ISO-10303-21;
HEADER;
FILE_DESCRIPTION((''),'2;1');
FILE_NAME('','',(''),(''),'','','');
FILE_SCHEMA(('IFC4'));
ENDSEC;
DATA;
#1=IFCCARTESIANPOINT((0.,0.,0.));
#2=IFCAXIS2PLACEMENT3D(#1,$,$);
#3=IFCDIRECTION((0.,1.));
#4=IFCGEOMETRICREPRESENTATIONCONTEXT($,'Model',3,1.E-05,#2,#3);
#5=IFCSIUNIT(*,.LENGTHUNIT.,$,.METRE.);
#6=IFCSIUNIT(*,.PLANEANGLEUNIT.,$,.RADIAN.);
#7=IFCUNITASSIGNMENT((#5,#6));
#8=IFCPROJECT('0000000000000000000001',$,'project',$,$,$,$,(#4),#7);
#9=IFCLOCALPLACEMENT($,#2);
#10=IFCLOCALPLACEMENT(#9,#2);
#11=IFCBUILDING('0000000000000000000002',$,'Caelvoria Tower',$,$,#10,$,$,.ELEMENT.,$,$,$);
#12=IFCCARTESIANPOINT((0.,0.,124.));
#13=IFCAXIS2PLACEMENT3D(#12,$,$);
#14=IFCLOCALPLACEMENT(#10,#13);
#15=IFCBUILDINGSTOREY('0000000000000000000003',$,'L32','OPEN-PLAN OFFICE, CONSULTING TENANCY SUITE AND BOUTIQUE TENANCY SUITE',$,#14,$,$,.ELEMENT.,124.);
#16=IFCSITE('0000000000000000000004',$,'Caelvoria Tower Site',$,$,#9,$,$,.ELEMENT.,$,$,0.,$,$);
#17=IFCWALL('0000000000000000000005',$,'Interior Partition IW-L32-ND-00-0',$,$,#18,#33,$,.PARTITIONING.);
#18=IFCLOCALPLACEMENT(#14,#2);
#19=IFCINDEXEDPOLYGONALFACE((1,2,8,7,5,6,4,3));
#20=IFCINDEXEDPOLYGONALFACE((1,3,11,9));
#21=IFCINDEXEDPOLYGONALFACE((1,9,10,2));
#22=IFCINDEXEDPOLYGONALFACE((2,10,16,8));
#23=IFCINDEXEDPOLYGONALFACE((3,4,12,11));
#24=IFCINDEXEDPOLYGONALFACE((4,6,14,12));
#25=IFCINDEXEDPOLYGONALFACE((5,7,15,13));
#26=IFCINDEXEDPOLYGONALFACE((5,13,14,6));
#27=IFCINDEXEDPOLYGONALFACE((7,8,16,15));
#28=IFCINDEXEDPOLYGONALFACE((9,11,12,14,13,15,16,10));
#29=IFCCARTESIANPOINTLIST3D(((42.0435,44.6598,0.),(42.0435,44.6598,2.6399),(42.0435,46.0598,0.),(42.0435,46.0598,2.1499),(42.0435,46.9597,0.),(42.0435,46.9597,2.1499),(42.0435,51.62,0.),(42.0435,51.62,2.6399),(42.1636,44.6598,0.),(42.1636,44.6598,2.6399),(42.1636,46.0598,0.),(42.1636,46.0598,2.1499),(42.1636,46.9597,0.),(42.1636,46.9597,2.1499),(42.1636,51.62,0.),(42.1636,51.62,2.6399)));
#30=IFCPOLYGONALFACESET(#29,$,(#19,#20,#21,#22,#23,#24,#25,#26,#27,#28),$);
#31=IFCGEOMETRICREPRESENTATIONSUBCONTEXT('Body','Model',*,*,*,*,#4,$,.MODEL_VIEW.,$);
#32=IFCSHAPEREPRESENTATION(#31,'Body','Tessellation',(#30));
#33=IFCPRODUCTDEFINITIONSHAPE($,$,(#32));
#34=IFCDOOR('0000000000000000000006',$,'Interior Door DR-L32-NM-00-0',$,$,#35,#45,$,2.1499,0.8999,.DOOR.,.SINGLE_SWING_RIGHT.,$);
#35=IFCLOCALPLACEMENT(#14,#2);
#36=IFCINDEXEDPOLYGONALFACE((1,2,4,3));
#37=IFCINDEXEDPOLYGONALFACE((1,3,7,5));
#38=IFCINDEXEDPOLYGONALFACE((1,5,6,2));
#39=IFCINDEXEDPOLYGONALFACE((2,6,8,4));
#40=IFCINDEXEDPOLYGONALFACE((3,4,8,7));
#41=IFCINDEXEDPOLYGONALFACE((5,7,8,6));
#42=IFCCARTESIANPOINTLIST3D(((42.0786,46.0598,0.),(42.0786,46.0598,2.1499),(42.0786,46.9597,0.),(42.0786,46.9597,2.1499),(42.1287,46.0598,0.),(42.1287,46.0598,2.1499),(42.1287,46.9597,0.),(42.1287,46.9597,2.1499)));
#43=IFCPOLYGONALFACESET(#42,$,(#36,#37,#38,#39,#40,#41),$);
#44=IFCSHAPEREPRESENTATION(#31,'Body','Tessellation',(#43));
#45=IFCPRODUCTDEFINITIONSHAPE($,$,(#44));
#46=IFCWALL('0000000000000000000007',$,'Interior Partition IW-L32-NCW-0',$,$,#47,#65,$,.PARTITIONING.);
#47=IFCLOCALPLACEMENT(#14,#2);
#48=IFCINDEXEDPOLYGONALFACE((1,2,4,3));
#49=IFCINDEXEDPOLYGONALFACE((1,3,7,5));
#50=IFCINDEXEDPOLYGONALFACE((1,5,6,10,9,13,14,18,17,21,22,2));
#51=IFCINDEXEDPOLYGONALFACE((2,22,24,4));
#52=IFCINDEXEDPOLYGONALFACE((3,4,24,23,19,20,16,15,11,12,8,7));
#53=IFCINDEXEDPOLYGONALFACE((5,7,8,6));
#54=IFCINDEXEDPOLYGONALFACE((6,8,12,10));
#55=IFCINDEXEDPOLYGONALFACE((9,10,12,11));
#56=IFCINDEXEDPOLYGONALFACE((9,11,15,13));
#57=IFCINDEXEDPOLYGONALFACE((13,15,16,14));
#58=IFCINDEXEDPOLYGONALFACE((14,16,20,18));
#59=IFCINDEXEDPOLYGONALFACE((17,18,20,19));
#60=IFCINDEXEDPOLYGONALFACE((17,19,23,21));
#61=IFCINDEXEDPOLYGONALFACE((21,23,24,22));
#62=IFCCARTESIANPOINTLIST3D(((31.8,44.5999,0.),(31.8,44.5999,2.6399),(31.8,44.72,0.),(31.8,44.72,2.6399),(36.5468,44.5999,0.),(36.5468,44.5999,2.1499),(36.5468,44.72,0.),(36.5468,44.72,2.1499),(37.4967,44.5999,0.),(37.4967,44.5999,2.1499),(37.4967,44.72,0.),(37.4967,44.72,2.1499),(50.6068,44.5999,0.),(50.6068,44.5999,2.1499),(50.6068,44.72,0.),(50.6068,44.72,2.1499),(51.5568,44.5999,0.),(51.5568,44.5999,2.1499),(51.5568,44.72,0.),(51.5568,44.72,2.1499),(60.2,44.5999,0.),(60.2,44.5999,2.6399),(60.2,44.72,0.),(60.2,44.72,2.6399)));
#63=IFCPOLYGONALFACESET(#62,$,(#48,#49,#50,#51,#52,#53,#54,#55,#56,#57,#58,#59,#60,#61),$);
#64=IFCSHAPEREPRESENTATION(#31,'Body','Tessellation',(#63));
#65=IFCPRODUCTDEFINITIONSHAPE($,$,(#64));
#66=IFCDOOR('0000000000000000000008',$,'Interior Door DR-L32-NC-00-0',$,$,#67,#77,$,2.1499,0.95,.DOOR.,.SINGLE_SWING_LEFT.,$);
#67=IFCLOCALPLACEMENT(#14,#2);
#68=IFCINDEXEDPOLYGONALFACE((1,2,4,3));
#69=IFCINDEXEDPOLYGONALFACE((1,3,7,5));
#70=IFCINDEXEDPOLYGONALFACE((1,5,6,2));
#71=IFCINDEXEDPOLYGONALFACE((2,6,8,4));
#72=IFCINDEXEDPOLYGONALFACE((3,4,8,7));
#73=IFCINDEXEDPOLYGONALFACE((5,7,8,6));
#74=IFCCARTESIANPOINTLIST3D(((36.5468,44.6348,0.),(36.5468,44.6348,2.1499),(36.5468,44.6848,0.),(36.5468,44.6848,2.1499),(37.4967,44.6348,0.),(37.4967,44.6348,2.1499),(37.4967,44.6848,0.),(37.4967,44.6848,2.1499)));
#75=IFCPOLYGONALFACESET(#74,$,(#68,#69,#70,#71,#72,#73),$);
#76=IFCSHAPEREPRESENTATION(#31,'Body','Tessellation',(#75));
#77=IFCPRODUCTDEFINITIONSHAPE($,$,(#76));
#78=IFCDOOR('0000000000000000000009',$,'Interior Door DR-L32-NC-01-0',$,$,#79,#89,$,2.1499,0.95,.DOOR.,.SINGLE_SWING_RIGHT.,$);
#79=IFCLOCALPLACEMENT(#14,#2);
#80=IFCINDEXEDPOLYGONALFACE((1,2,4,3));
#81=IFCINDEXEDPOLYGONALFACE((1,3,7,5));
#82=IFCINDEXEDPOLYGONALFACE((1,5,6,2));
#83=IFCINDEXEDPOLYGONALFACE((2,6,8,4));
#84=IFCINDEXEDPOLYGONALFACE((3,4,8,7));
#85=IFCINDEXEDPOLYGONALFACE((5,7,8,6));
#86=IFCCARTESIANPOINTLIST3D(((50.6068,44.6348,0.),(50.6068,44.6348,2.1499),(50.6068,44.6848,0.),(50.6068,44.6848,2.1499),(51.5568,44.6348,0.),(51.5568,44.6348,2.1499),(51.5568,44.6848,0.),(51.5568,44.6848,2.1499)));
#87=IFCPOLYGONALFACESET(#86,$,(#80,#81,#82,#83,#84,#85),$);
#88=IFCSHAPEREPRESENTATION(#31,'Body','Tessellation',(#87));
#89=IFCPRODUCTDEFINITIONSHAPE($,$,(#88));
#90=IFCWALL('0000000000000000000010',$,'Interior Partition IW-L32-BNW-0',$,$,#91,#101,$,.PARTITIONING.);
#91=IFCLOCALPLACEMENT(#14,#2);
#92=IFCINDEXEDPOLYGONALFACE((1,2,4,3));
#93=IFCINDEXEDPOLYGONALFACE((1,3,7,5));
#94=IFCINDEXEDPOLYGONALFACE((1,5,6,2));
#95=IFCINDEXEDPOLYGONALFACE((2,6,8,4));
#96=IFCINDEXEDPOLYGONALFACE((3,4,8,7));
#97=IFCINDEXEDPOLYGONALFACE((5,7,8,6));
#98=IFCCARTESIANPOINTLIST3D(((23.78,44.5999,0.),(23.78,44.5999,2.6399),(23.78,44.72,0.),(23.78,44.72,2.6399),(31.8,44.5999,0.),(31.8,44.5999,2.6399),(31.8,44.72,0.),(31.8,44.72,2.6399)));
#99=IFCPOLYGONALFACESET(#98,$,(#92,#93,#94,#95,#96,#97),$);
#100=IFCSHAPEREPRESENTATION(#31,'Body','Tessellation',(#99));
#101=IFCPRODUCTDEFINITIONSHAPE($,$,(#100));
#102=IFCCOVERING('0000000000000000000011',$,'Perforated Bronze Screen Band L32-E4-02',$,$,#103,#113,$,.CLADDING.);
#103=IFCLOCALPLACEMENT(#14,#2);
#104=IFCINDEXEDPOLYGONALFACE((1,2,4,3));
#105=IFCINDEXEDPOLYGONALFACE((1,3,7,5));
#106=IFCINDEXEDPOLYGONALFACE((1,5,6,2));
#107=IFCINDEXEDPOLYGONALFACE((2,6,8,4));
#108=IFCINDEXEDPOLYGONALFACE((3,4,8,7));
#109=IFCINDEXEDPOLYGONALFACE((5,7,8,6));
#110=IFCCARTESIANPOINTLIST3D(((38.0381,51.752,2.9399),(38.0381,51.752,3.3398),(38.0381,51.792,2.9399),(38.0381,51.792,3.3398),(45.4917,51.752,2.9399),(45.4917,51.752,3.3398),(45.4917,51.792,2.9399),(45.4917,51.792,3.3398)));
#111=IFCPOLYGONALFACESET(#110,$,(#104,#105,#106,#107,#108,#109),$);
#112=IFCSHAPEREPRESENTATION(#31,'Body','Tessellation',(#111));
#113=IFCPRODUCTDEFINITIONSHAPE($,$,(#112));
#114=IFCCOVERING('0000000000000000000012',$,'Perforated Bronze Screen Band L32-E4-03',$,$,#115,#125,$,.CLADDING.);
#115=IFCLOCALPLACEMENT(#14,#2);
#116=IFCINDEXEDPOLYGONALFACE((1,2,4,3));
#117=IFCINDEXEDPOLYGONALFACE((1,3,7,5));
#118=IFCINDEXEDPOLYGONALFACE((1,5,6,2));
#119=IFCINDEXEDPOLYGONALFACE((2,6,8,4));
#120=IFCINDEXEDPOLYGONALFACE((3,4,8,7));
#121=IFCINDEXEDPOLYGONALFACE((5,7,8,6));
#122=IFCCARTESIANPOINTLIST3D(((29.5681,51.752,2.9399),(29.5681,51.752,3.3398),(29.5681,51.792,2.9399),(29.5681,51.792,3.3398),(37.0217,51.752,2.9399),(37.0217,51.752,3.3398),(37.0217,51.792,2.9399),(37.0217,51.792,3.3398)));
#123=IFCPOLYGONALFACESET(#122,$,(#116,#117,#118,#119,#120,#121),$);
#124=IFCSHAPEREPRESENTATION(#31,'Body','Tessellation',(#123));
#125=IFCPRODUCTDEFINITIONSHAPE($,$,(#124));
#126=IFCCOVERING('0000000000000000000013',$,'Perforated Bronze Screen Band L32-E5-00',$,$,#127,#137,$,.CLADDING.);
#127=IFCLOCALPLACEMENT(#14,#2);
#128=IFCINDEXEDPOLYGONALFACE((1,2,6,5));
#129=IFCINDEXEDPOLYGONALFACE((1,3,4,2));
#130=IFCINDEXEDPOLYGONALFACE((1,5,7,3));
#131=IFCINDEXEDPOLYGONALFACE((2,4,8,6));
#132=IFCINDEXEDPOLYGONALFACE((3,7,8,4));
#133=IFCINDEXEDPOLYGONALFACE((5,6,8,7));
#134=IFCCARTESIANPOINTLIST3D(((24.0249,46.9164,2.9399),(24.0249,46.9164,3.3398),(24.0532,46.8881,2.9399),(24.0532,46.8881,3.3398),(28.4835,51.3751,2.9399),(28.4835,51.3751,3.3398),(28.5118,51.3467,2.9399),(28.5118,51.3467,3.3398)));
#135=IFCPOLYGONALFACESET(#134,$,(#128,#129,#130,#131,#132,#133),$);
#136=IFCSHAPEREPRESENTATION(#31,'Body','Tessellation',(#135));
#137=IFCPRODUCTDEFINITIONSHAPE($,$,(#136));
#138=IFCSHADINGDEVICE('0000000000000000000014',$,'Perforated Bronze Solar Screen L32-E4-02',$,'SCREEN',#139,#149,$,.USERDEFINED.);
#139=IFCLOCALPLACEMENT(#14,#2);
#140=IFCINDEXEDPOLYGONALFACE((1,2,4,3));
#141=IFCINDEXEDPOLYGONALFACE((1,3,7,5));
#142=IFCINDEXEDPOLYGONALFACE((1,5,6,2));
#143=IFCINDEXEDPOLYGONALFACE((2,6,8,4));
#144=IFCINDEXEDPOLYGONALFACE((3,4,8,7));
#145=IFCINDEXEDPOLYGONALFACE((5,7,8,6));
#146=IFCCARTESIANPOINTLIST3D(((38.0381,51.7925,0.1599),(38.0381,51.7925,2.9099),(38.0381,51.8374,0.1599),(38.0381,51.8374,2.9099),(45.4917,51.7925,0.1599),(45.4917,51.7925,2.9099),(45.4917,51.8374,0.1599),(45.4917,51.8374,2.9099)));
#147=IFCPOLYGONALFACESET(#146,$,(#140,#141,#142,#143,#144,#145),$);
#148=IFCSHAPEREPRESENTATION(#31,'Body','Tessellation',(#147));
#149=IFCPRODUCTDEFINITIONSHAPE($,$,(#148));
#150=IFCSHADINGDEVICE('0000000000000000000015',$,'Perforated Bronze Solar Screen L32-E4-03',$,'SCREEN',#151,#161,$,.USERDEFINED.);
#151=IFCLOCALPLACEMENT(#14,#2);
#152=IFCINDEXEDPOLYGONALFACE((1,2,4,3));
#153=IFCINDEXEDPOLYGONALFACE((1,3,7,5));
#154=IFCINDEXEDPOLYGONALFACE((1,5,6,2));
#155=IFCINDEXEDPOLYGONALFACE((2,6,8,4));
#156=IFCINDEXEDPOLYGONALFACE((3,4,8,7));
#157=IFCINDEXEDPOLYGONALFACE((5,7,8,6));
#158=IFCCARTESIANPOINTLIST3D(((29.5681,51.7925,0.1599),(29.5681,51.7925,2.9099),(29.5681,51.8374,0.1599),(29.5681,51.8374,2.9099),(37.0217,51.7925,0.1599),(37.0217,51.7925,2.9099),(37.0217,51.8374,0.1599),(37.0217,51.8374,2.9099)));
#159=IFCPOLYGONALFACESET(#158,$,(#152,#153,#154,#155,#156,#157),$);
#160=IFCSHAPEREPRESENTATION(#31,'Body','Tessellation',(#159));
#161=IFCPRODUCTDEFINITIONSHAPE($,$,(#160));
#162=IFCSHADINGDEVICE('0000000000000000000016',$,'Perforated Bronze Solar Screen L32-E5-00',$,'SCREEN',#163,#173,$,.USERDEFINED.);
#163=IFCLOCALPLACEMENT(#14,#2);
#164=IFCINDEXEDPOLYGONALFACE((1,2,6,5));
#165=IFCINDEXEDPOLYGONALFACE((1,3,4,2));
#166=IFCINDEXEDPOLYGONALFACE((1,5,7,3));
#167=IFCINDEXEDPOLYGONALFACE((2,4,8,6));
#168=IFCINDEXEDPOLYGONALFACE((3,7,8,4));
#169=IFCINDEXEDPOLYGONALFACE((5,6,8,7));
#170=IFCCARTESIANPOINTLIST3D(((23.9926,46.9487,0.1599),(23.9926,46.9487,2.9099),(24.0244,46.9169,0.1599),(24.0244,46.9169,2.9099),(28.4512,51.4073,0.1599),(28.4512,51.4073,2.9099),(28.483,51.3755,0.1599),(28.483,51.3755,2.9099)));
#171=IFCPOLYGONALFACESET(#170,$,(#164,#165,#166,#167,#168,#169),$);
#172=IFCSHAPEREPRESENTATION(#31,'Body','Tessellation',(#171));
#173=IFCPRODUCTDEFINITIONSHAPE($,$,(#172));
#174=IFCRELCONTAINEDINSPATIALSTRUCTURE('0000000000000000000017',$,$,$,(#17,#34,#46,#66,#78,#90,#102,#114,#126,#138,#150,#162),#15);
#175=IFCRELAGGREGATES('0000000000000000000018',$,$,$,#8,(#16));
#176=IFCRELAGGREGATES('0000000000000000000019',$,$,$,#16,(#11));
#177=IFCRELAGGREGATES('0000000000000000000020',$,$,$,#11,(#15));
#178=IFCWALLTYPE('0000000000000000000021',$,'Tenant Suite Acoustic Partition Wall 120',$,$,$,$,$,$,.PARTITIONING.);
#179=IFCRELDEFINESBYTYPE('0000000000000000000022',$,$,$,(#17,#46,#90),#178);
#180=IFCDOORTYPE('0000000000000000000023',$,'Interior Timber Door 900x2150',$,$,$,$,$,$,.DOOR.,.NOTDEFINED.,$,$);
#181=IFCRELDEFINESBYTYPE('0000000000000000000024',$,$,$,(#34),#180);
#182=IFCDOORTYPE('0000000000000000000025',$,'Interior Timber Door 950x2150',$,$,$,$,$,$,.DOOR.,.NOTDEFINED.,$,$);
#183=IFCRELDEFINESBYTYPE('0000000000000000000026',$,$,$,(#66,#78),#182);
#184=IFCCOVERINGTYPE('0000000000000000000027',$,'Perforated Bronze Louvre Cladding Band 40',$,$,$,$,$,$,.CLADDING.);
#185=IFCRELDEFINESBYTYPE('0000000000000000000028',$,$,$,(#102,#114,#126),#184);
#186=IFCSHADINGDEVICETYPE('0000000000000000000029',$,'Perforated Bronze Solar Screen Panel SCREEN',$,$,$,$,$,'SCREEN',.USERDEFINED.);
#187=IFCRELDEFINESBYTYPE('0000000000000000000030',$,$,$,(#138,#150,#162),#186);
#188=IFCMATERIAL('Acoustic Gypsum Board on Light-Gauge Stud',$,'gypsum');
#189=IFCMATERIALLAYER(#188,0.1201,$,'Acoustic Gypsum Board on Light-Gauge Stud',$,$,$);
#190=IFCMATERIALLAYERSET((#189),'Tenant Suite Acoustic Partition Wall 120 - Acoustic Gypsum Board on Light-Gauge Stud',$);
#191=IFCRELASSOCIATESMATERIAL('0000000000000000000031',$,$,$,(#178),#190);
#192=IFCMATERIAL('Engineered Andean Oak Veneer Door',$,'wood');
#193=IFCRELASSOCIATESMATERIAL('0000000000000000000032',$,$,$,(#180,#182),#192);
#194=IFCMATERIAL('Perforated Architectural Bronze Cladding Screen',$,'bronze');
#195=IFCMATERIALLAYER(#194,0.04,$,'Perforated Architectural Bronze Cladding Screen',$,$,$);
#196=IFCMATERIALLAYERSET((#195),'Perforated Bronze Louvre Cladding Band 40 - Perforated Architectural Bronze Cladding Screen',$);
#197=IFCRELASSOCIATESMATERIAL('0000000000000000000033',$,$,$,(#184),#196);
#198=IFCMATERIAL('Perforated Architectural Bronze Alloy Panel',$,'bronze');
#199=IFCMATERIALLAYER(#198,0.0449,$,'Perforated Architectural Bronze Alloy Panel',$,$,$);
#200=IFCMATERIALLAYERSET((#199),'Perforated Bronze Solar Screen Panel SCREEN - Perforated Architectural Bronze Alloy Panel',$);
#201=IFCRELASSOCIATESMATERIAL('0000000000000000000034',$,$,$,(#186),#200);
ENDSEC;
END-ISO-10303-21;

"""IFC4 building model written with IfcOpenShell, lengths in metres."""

from ifc_helpers import new_model, si_unit, direction, frame, frame_2d, origin, origin_2d, place, context, subcontext, project, spatial, rectangle, extrude, material, layer, layer_set, type_object, element, fill, save


model = new_model("IFC4")

# Units and contexts
model_context = context("Model", 3, precision=1e-05, world=origin(), true_north=direction((0.0, 1.0)))
body_context = subcontext(model_context, "Body", "Model", "MODEL_VIEW")
ifc_project = project(units=[si_unit("LENGTHUNIT", "METRE"), si_unit("PLANEANGLEUNIT", "RADIAN")], contexts=[model_context])

# Site, building, storey
site_placement = place(None, origin())
site = spatial("IfcSite", under=ifc_project, at=site_placement, Name="Caelvoria Tower Site", CompositionType="ELEMENT", RefElevation=0.0)
building_placement = place(site_placement, origin())
building = spatial("IfcBuilding", under=site, at=building_placement, Name="Caelvoria Tower", CompositionType="ELEMENT")
storey_placement = place(building_placement, frame((0.0, 0.0, 124.0)))
storey = spatial("IfcBuildingStorey", under=building, at=storey_placement, Name="L32", Description="OPEN-PLAN OFFICE, CONSULTING TENANCY SUITE AND BOUTIQUE TENANCY SUITE", CompositionType="ELEMENT", Elevation=124.0)

# Wall, opening, door
ifc_material_1 = material(Name="Acoustic Gypsum Board on Light-Gauge Stud", Category="gypsum")
ifc_layer_1 = layer(ifc_material_1, 0.1201, Name="Acoustic Gypsum Board on Light-Gauge Stud")
ifc_layer_set_1 = layer_set([ifc_layer_1], Name="Tenant Suite Acoustic Partition Wall 120 - Acoustic Gypsum Board on Light-Gauge Stud")
wall_type_1 = type_object("IfcWallType", Name="Tenant Suite Acoustic Partition Wall 120", PredefinedType="PARTITIONING", material=ifc_layer_set_1)
wall_1_placement = place(storey_placement, frame((42.1035, 44.6599, 0.0), z_axis=(0.0, 0.0, 1.0), x_axis=(0.0, 1.0, 0.0)))
wall_1 = element("IfcWall", 1, at=wall_1_placement, inside=storey, type_object=wall_type_1, Name="Interior Partition IW-L32-ND-00-0", PredefinedType="PARTITIONING", context=body_context, shape_type="SweptSolid", body=[
    extrude(rectangle(XDim=6.9602, YDim=0.1201, at=frame_2d((3.48, 0.0))), origin(), (0.0, 0.0, 1.0), 2.6399),
])
opening_1_placement = place(wall_1_placement, frame((1.3999, 0.0, 0.0)))
opening_1 = element("IfcOpeningElement", 2, at=opening_1_placement, cuts=wall_1, PredefinedType="OPENING", context=body_context, shape_type="SweptSolid", body=[
    extrude(rectangle(XDim=0.8999, YDim=2.1499, at=frame_2d((0.45, 1.075))), frame((0.0, 0.0701, 0.0), z_axis=(0.0, -1.0, 0.0), x_axis=(1.0, 0.0, 0.0)), (0.0, 0.0, 1.0), 0.1401),
])
ifc_material_2 = material(Name="Engineered Andean Oak Veneer Door", Category="wood")
door_type_1 = type_object("IfcDoorType", Name="Interior Timber Door 900x2150", OperationType="NOTDEFINED", PredefinedType="DOOR", material=ifc_material_2)
door_1_placement = place(opening_1_placement, origin())
door_1 = element("IfcDoor", 3, at=door_1_placement, inside=storey, type_object=door_type_1, Name="Interior Door DR-L32-NM-00-0", OperationType="SINGLE_SWING_RIGHT", OverallHeight=2.1499, OverallWidth=0.8999, PredefinedType="DOOR", context=body_context, shape_type="SweptSolid", body=[
    extrude(rectangle(XDim=0.8999, YDim=2.1499, at=frame_2d((0.45, 1.075))), frame((0.0, 0.0249, 0.0), z_axis=(0.0, -1.0, 0.0), x_axis=(1.0, 0.0, 0.0)), (0.0, 0.0, 1.0), 0.05),
])
fill(opening_1, door_1)

# Wall, openings, doors
wall_2_placement = place(storey_placement, frame((31.8, 44.6599, 0.0), z_axis=(0.0, 0.0, 1.0), x_axis=(1.0, 0.0, 0.0)))
wall_2 = element("IfcWall", 4, at=wall_2_placement, inside=storey, type_object=wall_type_1, Name="Interior Partition IW-L32-NCW-0", PredefinedType="PARTITIONING", context=body_context, shape_type="SweptSolid", body=[
    extrude(rectangle(XDim=28.3999, YDim=0.1201, at=frame_2d((14.2, 0.0))), origin(), (0.0, 0.0, 1.0), 2.6399),
])
opening_2_placement = place(wall_2_placement, frame((4.7466, 0.0, 0.0)))
opening_2 = element("IfcOpeningElement", 5, at=opening_2_placement, cuts=wall_2, PredefinedType="OPENING", context=body_context, shape_type="SweptSolid", body=[
    extrude(rectangle(XDim=0.95, YDim=2.1499, at=frame_2d((0.4751, 1.075))), frame((0.0, 0.0701, 0.0), z_axis=(0.0, -1.0, 0.0), x_axis=(1.0, 0.0, 0.0)), (0.0, 0.0, 1.0), 0.1401),
])
opening_3_placement = place(wall_2_placement, frame((18.8066, 0.0, 0.0)))
opening_3 = element("IfcOpeningElement", 6, at=opening_3_placement, cuts=wall_2, PredefinedType="OPENING", context=body_context, shape_type="SweptSolid", body=[
    extrude(rectangle(XDim=0.95, YDim=2.1499, at=frame_2d((0.4751, 1.075))), frame((0.0, 0.0701, 0.0), z_axis=(0.0, -1.0, 0.0), x_axis=(1.0, 0.0, 0.0)), (0.0, 0.0, 1.0), 0.1401),
])
door_type_2 = type_object("IfcDoorType", Name="Interior Timber Door 950x2150", OperationType="NOTDEFINED", PredefinedType="DOOR", material=ifc_material_2)
door_2_placement = place(opening_2_placement, origin())
door_2 = element("IfcDoor", 7, at=door_2_placement, inside=storey, type_object=door_type_2, Name="Interior Door DR-L32-NC-00-0", OperationType="SINGLE_SWING_LEFT", OverallHeight=2.1499, OverallWidth=0.95, PredefinedType="DOOR", context=body_context, shape_type="SweptSolid", body=[
    extrude(rectangle(XDim=0.95, YDim=2.1499, at=frame_2d((0.4751, 1.075))), frame((0.0, 0.0249, 0.0), z_axis=(0.0, -1.0, 0.0), x_axis=(1.0, 0.0, 0.0)), (0.0, 0.0, 1.0), 0.05),
])
fill(opening_2, door_2)
door_3_placement = place(opening_3_placement, origin())
door_3 = element("IfcDoor", 8, at=door_3_placement, inside=storey, type_object=door_type_2, Name="Interior Door DR-L32-NC-01-0", OperationType="SINGLE_SWING_RIGHT", OverallHeight=2.1499, OverallWidth=0.95, PredefinedType="DOOR", context=body_context, shape_type="SweptSolid", body=[
    extrude(rectangle(XDim=0.95, YDim=2.1499, at=frame_2d((0.4751, 1.075))), frame((0.0, 0.0249, 0.0), z_axis=(0.0, -1.0, 0.0), x_axis=(1.0, 0.0, 0.0)), (0.0, 0.0, 1.0), 0.05),
])
fill(opening_3, door_3)

# Wall
wall_3_placement = place(storey_placement, frame((31.8, 44.6599, 0.0), z_axis=(0.0, 0.0, 1.0), x_axis=(-1.0, 0.0, 0.0)))
element("IfcWall", 9, at=wall_3_placement, inside=storey, type_object=wall_type_1, Name="Interior Partition IW-L32-BNW-0", PredefinedType="PARTITIONING", context=body_context, shape_type="SweptSolid", body=[
    extrude(rectangle(XDim=8.02, YDim=0.1201, at=frame_2d((4.01, 0.0))), origin(), (0.0, 0.0, 1.0), 2.6399),
])

# Coverings
ifc_material_3 = material(Name="Perforated Architectural Bronze Cladding Screen", Category="bronze")
ifc_layer_2 = layer(ifc_material_3, 0.04, Name="Perforated Architectural Bronze Cladding Screen")
ifc_layer_set_2 = layer_set([ifc_layer_2], Name="Perforated Bronze Louvre Cladding Band 40 - Perforated Architectural Bronze Cladding Screen")
covering_type = type_object("IfcCoveringType", Name="Perforated Bronze Louvre Cladding Band 40", PredefinedType="CLADDING", material=ifc_layer_set_2)
for number, where, z_axis, x_axis, name in (
    (10, (41.7649, 51.772, 2.9399), (0.0, 0.0, 1.0), (-1.0, 0.0, 0.0), "Perforated Bronze Screen Band L32-E4-02"),
    (11, (33.2949, 51.772, 2.9399), (0.0, 0.0, 1.0), (-1.0, 0.0, 0.0), "Perforated Bronze Screen Band L32-E4-03"),
):
    element("IfcCovering", number, at=place(storey_placement, frame(where, z_axis=z_axis, x_axis=x_axis)), inside=storey, type_object=covering_type, Name=name, PredefinedType="CLADDING", context=body_context, shape_type="SweptSolid", body=[
        extrude(rectangle(XDim=7.4536, YDim=0.04, at=origin_2d()), origin(), (0.0, 0.0, 1.0), 0.3999),
    ])
covering_placement = place(storey_placement, frame((26.2683, 49.1316, 2.9399), z_axis=(0.0, 0.0, 1.0), x_axis=(-0.707107, -0.707107, 0.0)))
element("IfcCovering", 12, at=covering_placement, inside=storey, type_object=covering_type, Name="Perforated Bronze Screen Band L32-E5-00", PredefinedType="CLADDING", context=body_context, shape_type="SweptSolid", body=[
    extrude(rectangle(XDim=6.3054, YDim=0.04, at=origin_2d()), origin(), (0.0, 0.0, 1.0), 0.3999),
])

# Shading devices
ifc_material_4 = material(Name="Perforated Architectural Bronze Alloy Panel", Category="bronze")
ifc_layer_3 = layer(ifc_material_4, 0.0449, Name="Perforated Architectural Bronze Alloy Panel")
ifc_layer_set_3 = layer_set([ifc_layer_3], Name="Perforated Bronze Solar Screen Panel SCREEN - Perforated Architectural Bronze Alloy Panel")
shading_device_type = type_object("IfcShadingDeviceType", Name="Perforated Bronze Solar Screen Panel SCREEN", ElementType="SCREEN", PredefinedType="USERDEFINED", material=ifc_layer_set_3)
for number, where, z_axis, x_axis, name in (
    (13, (41.7649, 51.8149, 0.1599), (0.0, 0.0, 1.0), (-1.0, 0.0, 0.0), "Perforated Bronze Solar Screen L32-E4-02"),
    (14, (33.2949, 51.8149, 0.1599), (0.0, 0.0, 1.0), (-1.0, 0.0, 0.0), "Perforated Bronze Solar Screen L32-E4-03"),
):
    element("IfcShadingDevice", number, at=place(storey_placement, frame(where, z_axis=z_axis, x_axis=x_axis)), inside=storey, type_object=shading_device_type, Name=name, ObjectType="SCREEN", PredefinedType="USERDEFINED", context=body_context, shape_type="SweptSolid", body=[
        extrude(rectangle(XDim=7.4536, YDim=0.0449, at=origin_2d()), origin(), (0.0, 0.0, 1.0), 2.75),
    ])
shading_device_placement = place(storey_placement, frame((26.2378, 49.1621, 0.1599), z_axis=(0.0, 0.0, 1.0), x_axis=(-0.707107, -0.707107, 0.0)))
element("IfcShadingDevice", 15, at=shading_device_placement, inside=storey, type_object=shading_device_type, Name="Perforated Bronze Solar Screen L32-E5-00", ObjectType="SCREEN", PredefinedType="USERDEFINED", context=body_context, shape_type="SweptSolid", body=[
    extrude(rectangle(XDim=6.3054, YDim=0.0449, at=origin_2d()), origin(), (0.0, 0.0, 1.0), 2.75),
])

save(model, "model.ifc")
